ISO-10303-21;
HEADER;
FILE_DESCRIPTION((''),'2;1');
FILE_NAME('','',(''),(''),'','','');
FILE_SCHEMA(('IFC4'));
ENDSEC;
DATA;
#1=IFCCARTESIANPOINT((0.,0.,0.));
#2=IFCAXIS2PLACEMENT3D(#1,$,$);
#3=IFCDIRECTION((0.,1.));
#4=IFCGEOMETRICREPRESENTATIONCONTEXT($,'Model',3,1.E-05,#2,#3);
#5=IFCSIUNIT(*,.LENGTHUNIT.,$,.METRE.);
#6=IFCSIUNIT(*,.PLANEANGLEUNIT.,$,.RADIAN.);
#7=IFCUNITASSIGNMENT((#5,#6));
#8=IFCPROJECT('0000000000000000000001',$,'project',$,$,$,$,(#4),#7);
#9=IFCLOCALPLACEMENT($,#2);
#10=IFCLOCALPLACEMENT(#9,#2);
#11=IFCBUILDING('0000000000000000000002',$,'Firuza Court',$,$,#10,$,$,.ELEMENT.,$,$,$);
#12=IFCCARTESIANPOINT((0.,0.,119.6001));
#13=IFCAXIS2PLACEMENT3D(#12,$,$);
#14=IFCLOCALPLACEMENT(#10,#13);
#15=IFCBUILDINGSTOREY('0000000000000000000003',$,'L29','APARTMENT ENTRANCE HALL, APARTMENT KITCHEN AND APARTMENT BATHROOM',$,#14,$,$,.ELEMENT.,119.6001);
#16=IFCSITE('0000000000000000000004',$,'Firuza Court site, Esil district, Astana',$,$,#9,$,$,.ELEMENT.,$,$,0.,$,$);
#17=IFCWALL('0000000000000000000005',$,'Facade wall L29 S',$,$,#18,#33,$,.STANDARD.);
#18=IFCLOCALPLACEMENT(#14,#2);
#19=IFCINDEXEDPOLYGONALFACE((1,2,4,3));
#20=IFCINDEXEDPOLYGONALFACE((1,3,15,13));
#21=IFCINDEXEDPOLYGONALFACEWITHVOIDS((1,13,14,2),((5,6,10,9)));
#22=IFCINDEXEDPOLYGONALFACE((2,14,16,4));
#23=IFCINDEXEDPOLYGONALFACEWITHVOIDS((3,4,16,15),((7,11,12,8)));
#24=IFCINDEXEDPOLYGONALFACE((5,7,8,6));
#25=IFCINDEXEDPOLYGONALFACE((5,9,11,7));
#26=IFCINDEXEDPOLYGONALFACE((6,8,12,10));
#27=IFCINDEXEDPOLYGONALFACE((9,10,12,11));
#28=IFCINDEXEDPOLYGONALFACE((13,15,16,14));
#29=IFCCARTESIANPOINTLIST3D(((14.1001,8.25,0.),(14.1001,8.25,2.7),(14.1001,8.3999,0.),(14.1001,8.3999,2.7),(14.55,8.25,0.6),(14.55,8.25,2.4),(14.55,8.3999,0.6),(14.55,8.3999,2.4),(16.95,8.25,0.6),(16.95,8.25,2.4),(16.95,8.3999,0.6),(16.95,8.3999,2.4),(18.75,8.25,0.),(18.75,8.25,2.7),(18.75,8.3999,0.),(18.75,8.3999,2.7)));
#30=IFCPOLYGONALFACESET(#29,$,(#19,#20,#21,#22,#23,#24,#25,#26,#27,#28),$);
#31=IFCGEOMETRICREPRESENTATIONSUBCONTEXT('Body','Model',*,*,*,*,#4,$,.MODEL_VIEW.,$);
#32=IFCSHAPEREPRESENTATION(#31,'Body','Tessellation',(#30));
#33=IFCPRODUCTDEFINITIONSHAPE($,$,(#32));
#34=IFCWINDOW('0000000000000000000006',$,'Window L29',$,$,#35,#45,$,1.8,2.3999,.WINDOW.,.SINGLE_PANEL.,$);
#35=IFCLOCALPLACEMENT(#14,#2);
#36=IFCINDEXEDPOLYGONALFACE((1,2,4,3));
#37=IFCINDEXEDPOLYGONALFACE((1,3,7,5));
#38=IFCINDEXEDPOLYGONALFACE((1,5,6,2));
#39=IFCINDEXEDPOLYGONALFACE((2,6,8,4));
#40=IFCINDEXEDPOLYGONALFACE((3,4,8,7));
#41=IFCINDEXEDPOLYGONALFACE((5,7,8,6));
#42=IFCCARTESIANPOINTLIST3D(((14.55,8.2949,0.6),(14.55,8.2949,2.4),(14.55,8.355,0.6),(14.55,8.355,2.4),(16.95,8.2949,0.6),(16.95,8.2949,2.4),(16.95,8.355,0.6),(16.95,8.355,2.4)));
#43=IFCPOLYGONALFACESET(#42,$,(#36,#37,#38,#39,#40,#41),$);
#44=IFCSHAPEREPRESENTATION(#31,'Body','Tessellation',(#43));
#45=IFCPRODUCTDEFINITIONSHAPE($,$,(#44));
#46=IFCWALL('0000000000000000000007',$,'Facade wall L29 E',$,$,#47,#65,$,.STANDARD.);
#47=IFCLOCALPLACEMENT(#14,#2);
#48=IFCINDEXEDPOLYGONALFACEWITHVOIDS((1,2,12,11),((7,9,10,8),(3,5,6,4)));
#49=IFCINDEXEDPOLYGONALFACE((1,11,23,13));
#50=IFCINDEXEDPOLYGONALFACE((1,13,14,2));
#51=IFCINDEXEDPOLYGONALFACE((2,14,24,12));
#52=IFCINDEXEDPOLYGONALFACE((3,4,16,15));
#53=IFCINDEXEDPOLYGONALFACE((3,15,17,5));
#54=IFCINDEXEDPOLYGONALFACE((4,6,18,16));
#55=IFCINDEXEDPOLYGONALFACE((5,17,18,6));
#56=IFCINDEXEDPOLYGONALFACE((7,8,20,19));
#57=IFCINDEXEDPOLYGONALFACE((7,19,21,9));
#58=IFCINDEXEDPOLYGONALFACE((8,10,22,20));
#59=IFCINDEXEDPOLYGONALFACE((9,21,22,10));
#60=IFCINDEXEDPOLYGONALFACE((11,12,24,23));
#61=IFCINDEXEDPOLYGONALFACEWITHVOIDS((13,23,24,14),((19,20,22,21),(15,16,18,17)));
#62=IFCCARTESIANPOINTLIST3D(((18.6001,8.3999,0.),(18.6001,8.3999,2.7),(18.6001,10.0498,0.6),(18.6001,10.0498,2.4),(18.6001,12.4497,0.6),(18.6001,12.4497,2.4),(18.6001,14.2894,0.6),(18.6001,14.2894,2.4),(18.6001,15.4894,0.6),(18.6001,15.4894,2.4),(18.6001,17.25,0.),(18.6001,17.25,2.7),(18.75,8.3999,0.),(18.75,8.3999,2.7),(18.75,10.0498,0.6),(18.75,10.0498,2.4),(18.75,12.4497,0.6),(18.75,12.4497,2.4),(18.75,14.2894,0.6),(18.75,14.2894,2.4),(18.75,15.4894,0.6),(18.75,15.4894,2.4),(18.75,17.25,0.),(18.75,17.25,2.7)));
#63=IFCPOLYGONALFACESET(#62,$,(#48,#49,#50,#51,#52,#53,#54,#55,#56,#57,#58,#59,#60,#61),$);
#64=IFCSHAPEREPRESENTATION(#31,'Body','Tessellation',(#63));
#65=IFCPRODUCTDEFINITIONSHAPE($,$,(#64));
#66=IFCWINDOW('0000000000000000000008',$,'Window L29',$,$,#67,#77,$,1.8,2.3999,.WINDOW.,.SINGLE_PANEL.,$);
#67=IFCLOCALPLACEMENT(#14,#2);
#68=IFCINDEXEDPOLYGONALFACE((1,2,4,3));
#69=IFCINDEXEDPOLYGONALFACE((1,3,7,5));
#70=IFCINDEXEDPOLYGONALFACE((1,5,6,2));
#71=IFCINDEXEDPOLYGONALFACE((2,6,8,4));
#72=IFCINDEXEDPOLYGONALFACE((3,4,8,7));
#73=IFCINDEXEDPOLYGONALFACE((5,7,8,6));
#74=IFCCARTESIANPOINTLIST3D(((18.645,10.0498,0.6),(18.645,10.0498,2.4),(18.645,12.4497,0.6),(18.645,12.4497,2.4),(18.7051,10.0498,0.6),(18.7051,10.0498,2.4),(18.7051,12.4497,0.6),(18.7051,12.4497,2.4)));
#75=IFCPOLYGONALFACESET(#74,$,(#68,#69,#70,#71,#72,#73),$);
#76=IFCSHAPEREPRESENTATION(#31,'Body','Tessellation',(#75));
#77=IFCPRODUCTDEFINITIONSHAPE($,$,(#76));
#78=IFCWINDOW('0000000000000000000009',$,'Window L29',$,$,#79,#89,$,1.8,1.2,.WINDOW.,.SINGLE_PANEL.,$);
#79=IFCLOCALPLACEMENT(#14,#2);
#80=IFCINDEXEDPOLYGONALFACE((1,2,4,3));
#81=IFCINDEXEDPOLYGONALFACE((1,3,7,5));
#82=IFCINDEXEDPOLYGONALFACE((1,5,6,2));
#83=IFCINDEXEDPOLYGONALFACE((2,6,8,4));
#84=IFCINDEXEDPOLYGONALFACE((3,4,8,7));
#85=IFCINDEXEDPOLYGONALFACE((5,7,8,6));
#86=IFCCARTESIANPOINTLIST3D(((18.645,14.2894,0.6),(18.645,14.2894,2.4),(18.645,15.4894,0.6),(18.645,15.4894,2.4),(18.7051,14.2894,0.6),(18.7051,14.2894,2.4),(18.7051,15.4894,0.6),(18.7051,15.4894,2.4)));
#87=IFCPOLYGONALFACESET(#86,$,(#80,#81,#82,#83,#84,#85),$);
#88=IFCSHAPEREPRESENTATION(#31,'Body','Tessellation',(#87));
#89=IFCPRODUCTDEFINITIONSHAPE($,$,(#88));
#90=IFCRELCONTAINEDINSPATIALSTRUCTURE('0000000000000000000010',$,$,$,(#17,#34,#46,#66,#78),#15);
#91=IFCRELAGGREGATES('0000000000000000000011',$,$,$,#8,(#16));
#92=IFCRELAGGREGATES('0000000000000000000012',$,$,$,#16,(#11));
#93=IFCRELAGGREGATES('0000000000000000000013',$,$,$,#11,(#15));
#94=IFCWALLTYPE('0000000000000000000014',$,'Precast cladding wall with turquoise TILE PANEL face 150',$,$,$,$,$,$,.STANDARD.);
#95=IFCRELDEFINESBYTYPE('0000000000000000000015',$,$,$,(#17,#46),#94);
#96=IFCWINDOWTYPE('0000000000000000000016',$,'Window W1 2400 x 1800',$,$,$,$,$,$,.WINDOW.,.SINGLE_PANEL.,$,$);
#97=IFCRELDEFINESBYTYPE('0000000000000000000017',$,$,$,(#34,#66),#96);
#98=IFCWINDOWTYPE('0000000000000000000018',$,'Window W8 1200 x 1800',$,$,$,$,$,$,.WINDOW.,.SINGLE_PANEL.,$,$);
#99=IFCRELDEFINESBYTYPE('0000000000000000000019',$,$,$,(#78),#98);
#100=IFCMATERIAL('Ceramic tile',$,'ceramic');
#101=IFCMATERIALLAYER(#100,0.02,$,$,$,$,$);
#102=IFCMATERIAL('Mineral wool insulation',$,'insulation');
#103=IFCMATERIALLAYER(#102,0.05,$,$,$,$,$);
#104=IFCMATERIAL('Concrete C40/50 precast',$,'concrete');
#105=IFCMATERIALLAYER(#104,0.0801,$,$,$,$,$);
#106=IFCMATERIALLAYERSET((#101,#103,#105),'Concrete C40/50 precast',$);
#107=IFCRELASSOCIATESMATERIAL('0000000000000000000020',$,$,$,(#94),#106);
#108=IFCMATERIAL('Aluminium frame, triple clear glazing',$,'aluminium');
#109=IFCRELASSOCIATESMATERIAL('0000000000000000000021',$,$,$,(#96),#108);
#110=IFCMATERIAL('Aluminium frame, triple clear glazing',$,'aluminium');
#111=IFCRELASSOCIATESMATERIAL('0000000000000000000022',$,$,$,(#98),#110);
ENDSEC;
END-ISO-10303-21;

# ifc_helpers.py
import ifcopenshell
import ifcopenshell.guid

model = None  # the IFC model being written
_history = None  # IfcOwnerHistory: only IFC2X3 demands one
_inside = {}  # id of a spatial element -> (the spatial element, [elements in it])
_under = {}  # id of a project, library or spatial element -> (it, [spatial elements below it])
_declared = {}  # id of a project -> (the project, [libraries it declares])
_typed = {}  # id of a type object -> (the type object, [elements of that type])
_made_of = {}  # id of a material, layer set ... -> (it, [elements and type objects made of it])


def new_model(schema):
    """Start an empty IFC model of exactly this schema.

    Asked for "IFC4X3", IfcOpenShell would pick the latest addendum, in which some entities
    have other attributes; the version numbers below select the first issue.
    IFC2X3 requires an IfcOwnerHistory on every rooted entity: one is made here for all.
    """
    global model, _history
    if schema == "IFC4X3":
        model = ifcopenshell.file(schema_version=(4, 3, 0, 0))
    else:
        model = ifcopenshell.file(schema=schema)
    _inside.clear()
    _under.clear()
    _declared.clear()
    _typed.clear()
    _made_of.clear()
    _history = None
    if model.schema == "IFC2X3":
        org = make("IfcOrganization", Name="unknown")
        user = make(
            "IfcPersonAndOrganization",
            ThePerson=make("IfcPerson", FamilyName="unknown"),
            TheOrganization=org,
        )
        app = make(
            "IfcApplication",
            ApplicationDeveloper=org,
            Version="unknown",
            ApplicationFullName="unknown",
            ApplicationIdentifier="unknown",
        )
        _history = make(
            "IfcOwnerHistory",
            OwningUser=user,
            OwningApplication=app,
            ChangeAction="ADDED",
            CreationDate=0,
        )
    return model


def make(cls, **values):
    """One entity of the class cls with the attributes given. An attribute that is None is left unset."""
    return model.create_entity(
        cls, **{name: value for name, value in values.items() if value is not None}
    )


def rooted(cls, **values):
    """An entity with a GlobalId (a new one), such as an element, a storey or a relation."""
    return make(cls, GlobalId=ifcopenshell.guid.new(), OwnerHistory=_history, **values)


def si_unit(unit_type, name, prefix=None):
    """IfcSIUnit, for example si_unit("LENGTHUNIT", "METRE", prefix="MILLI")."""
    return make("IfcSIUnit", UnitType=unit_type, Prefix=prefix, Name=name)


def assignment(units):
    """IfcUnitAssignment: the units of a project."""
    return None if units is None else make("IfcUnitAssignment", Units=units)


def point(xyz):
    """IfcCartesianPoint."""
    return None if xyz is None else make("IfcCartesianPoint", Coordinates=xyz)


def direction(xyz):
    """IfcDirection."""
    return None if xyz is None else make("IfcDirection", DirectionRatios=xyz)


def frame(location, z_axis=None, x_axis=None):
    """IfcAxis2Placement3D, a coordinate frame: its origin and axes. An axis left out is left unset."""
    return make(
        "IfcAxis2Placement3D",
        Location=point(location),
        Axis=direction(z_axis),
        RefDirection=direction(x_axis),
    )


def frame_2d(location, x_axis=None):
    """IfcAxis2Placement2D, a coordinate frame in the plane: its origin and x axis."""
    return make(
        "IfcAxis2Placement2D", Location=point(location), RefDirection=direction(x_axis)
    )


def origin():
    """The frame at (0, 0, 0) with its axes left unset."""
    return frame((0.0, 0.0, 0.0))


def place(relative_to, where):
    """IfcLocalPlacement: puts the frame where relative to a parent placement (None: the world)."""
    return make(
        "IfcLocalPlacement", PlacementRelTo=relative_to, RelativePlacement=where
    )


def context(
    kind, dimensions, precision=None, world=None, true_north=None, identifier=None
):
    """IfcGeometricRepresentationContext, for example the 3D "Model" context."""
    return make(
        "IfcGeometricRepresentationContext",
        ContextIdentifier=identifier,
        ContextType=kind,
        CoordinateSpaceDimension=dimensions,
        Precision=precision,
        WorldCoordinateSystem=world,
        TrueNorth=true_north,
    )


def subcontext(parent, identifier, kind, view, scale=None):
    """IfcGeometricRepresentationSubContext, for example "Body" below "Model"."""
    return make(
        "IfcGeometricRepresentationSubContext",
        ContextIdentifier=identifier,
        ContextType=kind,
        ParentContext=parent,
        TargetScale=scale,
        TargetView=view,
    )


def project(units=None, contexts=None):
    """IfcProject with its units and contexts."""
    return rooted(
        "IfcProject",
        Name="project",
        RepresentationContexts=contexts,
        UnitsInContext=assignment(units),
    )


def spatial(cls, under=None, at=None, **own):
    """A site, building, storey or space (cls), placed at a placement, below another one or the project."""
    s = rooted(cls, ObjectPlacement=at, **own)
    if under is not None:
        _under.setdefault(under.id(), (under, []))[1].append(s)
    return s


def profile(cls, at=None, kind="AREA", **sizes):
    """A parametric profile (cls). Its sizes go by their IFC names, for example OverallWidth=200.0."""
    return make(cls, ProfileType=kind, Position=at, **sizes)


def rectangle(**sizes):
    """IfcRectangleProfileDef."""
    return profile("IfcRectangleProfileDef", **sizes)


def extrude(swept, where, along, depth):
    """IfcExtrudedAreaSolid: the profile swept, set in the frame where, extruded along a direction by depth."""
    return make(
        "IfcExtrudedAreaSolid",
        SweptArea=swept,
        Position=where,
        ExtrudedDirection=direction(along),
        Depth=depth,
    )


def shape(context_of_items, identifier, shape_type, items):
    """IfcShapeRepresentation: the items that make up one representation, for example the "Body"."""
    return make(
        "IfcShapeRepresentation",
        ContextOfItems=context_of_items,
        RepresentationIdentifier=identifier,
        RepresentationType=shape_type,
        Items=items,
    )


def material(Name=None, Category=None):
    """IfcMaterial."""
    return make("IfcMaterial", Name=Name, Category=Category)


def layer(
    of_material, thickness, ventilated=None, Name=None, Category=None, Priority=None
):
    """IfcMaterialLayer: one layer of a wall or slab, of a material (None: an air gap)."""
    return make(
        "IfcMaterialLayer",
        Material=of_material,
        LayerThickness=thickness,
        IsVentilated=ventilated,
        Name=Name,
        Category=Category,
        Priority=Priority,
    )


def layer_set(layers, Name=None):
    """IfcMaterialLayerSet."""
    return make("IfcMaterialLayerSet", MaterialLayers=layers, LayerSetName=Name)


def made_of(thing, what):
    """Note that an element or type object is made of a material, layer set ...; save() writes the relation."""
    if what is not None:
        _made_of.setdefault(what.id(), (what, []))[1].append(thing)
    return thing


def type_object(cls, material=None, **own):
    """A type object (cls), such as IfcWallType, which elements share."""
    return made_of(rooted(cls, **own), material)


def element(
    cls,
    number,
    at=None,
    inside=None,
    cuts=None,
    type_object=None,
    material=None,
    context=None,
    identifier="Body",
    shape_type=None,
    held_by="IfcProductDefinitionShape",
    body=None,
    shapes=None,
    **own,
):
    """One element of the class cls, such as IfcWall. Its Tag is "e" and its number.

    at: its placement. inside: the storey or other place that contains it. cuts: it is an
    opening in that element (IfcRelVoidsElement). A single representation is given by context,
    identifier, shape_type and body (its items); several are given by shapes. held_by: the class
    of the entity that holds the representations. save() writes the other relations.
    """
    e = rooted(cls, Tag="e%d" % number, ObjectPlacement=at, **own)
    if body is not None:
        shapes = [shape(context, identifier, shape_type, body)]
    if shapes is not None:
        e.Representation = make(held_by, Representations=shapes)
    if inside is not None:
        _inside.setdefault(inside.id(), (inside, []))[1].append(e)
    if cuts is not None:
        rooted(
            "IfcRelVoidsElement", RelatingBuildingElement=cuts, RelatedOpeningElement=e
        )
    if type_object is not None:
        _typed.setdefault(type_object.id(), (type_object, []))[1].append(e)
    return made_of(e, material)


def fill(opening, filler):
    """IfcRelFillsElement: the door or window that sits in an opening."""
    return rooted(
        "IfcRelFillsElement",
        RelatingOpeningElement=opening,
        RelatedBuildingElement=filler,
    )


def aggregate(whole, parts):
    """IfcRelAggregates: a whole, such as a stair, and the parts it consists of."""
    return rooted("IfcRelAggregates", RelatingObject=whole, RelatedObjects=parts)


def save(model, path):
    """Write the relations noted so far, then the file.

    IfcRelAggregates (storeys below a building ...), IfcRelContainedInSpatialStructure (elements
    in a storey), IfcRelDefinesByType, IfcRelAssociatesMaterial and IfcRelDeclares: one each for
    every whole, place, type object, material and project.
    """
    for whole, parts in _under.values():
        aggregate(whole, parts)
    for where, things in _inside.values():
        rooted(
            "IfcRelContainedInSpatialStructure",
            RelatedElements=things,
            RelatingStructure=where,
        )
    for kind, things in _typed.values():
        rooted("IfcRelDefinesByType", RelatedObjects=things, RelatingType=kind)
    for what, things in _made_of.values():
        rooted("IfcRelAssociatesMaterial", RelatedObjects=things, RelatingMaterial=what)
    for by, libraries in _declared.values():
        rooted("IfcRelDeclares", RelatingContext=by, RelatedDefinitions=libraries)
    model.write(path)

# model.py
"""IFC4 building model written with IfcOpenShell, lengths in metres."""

from ifc_helpers import new_model, si_unit, direction, frame, frame_2d, origin, place, context, subcontext, project, spatial, rectangle, extrude, material, layer, layer_set, type_object, element, fill, save


model = new_model("IFC4")

# Units and contexts
model_context = context("Model", 3, precision=1e-05, world=origin(), true_north=direction((0.0, 1.0)))
body_context = subcontext(model_context, "Body", "Model", "MODEL_VIEW")
ifc_project = project(units=[si_unit("LENGTHUNIT", "METRE"), si_unit("PLANEANGLEUNIT", "RADIAN")], contexts=[model_context])

# Site, building, storey
site_placement = place(None, origin())
site = spatial("IfcSite", under=ifc_project, at=site_placement, Name="Firuza Court site, Esil district, Astana", CompositionType="ELEMENT", RefElevation=0.0)
building_placement = place(site_placement, origin())
building = spatial("IfcBuilding", under=site, at=building_placement, Name="Firuza Court", CompositionType="ELEMENT")
storey_placement = place(building_placement, frame((0.0, 0.0, 119.6001)))
storey = spatial("IfcBuildingStorey", under=building, at=storey_placement, Name="L29", Description="APARTMENT ENTRANCE HALL, APARTMENT KITCHEN AND APARTMENT BATHROOM", CompositionType="ELEMENT", Elevation=119.6001)

# Shared definitions
ifc_material_1 = material(Name="Ceramic tile", Category="ceramic")
ifc_layer_1 = layer(ifc_material_1, 0.02)
ifc_material_2 = material(Name="Mineral wool insulation", Category="insulation")
ifc_layer_2 = layer(ifc_material_2, 0.05)
ifc_material_3 = material(Name="Concrete C40/50 precast", Category="concrete")
ifc_layer_3 = layer(ifc_material_3, 0.0801)
ifc_layer_set_1 = layer_set([ifc_layer_1, ifc_layer_2, ifc_layer_3], Name="Concrete C40/50 precast")
wall_type_1 = type_object("IfcWallType", Name="Precast cladding wall with turquoise TILE PANEL face 150", PredefinedType="STANDARD", material=ifc_layer_set_1)

# Wall, opening, window
ifc_material_4 = material(Name="Aluminium frame, triple clear glazing", Category="aluminium")
window_type_1 = type_object("IfcWindowType", Name="Window W1 2400 x 1800", PartitioningType="SINGLE_PANEL", PredefinedType="WINDOW", material=ifc_material_4)
wall_1_placement = place(storey_placement, frame((14.1001, 8.325, 0.0), z_axis=(0.0, 0.0, 1.0), x_axis=(1.0, 0.0, 0.0)))
wall_1 = element("IfcWall", 1, at=wall_1_placement, inside=storey, type_object=wall_type_1, Name="Facade wall L29 S", PredefinedType="STANDARD", context=body_context, shape_type="SweptSolid", body=[
    extrude(rectangle(XDim=4.6499, YDim=0.1499, at=frame_2d((2.325, 0.0))), origin(), (0.0, 0.0, 1.0), 2.7),
])
opening_1_placement = place(wall_1_placement, frame((0.45, 0.0, 0.6001)))
opening_1 = element("IfcOpeningElement", 2, at=opening_1_placement, cuts=wall_1, PredefinedType="OPENING", context=body_context, shape_type="SweptSolid", body=[
    extrude(rectangle(XDim=2.3999, YDim=1.8, at=frame_2d((1.2, 0.8999))), frame((0.0, 0.0869, 0.0), z_axis=(0.0, -1.0, 0.0), x_axis=(1.0, 0.0, 0.0)), (0.0, 0.0, 1.0), 0.1738),
])
window_1_placement = place(opening_1_placement, origin())
window_1 = element("IfcWindow", 3, at=window_1_placement, inside=storey, type_object=window_type_1, Name="Window L29", OverallHeight=1.8, OverallWidth=2.3999, PartitioningType="SINGLE_PANEL", PredefinedType="WINDOW", context=body_context, shape_type="SweptSolid", body=[
    extrude(rectangle(XDim=2.3999, YDim=1.8, at=frame_2d((1.2, 0.8999))), frame((0.0, 0.03, 0.0), z_axis=(0.0, -1.0, 0.0), x_axis=(1.0, 0.0, 0.0)), (0.0, 0.0, 1.0), 0.0601),
])
fill(opening_1, window_1)

# Wall, openings, windows
wall_2_placement = place(storey_placement, frame((18.675, 8.3999, 0.0), z_axis=(0.0, 0.0, 1.0), x_axis=(0.0, 1.0, 0.0)))
wall_2 = element("IfcWall", 4, at=wall_2_placement, inside=storey, type_object=wall_type_1, Name="Facade wall L29 E", PredefinedType="STANDARD", context=body_context, shape_type="SweptSolid", body=[
    extrude(rectangle(XDim=8.8501, YDim=0.1499, at=frame_2d((4.425, 0.0))), origin(), (0.0, 0.0, 1.0), 2.7),
])
opening_2_placement = place(wall_2_placement, frame((1.6499, 0.0, 0.6001)))
opening_2 = element("IfcOpeningElement", 5, at=opening_2_placement, cuts=wall_2, PredefinedType="OPENING", context=body_context, shape_type="SweptSolid", body=[
    extrude(rectangle(XDim=2.3999, YDim=1.8, at=frame_2d((1.2, 0.8999))), frame((0.0, 0.0869, 0.0), z_axis=(0.0, -1.0, 0.0), x_axis=(1.0, 0.0, 0.0)), (0.0, 0.0, 1.0), 0.1738),
])
opening_3_placement = place(wall_2_placement, frame((5.8894, 0.0, 0.6001)))
opening_3 = element("IfcOpeningElement", 6, at=opening_3_placement, cuts=wall_2, PredefinedType="OPENING", context=body_context, shape_type="SweptSolid", body=[
    extrude(rectangle(XDim=1.2, YDim=1.8, at=frame_2d((0.6001, 0.8999))), frame((0.0, 0.0869, 0.0), z_axis=(0.0, -1.0, 0.0), x_axis=(1.0, 0.0, 0.0)), (0.0, 0.0, 1.0), 0.1738),
])
window_2_placement = place(opening_2_placement, origin())
window_2 = element("IfcWindow", 7, at=window_2_placement, inside=storey, type_object=window_type_1, Name="Window L29", OverallHeight=1.8, OverallWidth=2.3999, PartitioningType="SINGLE_PANEL", PredefinedType="WINDOW", context=body_context, shape_type="SweptSolid", body=[
    extrude(rectangle(XDim=2.3999, YDim=1.8, at=frame_2d((1.2, 0.8999))), frame((0.0, 0.03, 0.0), z_axis=(0.0, -1.0, 0.0), x_axis=(1.0, 0.0, 0.0)), (0.0, 0.0, 1.0), 0.0601),
])
fill(opening_2, window_2)
ifc_material_5 = material(Name="Aluminium frame, triple clear glazing", Category="aluminium")
window_type_2 = type_object("IfcWindowType", Name="Window W8 1200 x 1800", PartitioningType="SINGLE_PANEL", PredefinedType="WINDOW", material=ifc_material_5)
window_3_placement = place(opening_3_placement, origin())
window_3 = element("IfcWindow", 8, at=window_3_placement, inside=storey, type_object=window_type_2, Name="Window L29", OverallHeight=1.8, OverallWidth=1.2, PartitioningType="SINGLE_PANEL", PredefinedType="WINDOW", context=body_context, shape_type="SweptSolid", body=[
    extrude(rectangle(XDim=1.2, YDim=1.8, at=frame_2d((0.6001, 0.8999))), frame((0.0, 0.03, 0.0), z_axis=(0.0, -1.0, 0.0), x_axis=(1.0, 0.0, 0.0)), (0.0, 0.0, 1.0), 0.0601),
])
fill(opening_3, window_3)

save(model, "model.ifc")
